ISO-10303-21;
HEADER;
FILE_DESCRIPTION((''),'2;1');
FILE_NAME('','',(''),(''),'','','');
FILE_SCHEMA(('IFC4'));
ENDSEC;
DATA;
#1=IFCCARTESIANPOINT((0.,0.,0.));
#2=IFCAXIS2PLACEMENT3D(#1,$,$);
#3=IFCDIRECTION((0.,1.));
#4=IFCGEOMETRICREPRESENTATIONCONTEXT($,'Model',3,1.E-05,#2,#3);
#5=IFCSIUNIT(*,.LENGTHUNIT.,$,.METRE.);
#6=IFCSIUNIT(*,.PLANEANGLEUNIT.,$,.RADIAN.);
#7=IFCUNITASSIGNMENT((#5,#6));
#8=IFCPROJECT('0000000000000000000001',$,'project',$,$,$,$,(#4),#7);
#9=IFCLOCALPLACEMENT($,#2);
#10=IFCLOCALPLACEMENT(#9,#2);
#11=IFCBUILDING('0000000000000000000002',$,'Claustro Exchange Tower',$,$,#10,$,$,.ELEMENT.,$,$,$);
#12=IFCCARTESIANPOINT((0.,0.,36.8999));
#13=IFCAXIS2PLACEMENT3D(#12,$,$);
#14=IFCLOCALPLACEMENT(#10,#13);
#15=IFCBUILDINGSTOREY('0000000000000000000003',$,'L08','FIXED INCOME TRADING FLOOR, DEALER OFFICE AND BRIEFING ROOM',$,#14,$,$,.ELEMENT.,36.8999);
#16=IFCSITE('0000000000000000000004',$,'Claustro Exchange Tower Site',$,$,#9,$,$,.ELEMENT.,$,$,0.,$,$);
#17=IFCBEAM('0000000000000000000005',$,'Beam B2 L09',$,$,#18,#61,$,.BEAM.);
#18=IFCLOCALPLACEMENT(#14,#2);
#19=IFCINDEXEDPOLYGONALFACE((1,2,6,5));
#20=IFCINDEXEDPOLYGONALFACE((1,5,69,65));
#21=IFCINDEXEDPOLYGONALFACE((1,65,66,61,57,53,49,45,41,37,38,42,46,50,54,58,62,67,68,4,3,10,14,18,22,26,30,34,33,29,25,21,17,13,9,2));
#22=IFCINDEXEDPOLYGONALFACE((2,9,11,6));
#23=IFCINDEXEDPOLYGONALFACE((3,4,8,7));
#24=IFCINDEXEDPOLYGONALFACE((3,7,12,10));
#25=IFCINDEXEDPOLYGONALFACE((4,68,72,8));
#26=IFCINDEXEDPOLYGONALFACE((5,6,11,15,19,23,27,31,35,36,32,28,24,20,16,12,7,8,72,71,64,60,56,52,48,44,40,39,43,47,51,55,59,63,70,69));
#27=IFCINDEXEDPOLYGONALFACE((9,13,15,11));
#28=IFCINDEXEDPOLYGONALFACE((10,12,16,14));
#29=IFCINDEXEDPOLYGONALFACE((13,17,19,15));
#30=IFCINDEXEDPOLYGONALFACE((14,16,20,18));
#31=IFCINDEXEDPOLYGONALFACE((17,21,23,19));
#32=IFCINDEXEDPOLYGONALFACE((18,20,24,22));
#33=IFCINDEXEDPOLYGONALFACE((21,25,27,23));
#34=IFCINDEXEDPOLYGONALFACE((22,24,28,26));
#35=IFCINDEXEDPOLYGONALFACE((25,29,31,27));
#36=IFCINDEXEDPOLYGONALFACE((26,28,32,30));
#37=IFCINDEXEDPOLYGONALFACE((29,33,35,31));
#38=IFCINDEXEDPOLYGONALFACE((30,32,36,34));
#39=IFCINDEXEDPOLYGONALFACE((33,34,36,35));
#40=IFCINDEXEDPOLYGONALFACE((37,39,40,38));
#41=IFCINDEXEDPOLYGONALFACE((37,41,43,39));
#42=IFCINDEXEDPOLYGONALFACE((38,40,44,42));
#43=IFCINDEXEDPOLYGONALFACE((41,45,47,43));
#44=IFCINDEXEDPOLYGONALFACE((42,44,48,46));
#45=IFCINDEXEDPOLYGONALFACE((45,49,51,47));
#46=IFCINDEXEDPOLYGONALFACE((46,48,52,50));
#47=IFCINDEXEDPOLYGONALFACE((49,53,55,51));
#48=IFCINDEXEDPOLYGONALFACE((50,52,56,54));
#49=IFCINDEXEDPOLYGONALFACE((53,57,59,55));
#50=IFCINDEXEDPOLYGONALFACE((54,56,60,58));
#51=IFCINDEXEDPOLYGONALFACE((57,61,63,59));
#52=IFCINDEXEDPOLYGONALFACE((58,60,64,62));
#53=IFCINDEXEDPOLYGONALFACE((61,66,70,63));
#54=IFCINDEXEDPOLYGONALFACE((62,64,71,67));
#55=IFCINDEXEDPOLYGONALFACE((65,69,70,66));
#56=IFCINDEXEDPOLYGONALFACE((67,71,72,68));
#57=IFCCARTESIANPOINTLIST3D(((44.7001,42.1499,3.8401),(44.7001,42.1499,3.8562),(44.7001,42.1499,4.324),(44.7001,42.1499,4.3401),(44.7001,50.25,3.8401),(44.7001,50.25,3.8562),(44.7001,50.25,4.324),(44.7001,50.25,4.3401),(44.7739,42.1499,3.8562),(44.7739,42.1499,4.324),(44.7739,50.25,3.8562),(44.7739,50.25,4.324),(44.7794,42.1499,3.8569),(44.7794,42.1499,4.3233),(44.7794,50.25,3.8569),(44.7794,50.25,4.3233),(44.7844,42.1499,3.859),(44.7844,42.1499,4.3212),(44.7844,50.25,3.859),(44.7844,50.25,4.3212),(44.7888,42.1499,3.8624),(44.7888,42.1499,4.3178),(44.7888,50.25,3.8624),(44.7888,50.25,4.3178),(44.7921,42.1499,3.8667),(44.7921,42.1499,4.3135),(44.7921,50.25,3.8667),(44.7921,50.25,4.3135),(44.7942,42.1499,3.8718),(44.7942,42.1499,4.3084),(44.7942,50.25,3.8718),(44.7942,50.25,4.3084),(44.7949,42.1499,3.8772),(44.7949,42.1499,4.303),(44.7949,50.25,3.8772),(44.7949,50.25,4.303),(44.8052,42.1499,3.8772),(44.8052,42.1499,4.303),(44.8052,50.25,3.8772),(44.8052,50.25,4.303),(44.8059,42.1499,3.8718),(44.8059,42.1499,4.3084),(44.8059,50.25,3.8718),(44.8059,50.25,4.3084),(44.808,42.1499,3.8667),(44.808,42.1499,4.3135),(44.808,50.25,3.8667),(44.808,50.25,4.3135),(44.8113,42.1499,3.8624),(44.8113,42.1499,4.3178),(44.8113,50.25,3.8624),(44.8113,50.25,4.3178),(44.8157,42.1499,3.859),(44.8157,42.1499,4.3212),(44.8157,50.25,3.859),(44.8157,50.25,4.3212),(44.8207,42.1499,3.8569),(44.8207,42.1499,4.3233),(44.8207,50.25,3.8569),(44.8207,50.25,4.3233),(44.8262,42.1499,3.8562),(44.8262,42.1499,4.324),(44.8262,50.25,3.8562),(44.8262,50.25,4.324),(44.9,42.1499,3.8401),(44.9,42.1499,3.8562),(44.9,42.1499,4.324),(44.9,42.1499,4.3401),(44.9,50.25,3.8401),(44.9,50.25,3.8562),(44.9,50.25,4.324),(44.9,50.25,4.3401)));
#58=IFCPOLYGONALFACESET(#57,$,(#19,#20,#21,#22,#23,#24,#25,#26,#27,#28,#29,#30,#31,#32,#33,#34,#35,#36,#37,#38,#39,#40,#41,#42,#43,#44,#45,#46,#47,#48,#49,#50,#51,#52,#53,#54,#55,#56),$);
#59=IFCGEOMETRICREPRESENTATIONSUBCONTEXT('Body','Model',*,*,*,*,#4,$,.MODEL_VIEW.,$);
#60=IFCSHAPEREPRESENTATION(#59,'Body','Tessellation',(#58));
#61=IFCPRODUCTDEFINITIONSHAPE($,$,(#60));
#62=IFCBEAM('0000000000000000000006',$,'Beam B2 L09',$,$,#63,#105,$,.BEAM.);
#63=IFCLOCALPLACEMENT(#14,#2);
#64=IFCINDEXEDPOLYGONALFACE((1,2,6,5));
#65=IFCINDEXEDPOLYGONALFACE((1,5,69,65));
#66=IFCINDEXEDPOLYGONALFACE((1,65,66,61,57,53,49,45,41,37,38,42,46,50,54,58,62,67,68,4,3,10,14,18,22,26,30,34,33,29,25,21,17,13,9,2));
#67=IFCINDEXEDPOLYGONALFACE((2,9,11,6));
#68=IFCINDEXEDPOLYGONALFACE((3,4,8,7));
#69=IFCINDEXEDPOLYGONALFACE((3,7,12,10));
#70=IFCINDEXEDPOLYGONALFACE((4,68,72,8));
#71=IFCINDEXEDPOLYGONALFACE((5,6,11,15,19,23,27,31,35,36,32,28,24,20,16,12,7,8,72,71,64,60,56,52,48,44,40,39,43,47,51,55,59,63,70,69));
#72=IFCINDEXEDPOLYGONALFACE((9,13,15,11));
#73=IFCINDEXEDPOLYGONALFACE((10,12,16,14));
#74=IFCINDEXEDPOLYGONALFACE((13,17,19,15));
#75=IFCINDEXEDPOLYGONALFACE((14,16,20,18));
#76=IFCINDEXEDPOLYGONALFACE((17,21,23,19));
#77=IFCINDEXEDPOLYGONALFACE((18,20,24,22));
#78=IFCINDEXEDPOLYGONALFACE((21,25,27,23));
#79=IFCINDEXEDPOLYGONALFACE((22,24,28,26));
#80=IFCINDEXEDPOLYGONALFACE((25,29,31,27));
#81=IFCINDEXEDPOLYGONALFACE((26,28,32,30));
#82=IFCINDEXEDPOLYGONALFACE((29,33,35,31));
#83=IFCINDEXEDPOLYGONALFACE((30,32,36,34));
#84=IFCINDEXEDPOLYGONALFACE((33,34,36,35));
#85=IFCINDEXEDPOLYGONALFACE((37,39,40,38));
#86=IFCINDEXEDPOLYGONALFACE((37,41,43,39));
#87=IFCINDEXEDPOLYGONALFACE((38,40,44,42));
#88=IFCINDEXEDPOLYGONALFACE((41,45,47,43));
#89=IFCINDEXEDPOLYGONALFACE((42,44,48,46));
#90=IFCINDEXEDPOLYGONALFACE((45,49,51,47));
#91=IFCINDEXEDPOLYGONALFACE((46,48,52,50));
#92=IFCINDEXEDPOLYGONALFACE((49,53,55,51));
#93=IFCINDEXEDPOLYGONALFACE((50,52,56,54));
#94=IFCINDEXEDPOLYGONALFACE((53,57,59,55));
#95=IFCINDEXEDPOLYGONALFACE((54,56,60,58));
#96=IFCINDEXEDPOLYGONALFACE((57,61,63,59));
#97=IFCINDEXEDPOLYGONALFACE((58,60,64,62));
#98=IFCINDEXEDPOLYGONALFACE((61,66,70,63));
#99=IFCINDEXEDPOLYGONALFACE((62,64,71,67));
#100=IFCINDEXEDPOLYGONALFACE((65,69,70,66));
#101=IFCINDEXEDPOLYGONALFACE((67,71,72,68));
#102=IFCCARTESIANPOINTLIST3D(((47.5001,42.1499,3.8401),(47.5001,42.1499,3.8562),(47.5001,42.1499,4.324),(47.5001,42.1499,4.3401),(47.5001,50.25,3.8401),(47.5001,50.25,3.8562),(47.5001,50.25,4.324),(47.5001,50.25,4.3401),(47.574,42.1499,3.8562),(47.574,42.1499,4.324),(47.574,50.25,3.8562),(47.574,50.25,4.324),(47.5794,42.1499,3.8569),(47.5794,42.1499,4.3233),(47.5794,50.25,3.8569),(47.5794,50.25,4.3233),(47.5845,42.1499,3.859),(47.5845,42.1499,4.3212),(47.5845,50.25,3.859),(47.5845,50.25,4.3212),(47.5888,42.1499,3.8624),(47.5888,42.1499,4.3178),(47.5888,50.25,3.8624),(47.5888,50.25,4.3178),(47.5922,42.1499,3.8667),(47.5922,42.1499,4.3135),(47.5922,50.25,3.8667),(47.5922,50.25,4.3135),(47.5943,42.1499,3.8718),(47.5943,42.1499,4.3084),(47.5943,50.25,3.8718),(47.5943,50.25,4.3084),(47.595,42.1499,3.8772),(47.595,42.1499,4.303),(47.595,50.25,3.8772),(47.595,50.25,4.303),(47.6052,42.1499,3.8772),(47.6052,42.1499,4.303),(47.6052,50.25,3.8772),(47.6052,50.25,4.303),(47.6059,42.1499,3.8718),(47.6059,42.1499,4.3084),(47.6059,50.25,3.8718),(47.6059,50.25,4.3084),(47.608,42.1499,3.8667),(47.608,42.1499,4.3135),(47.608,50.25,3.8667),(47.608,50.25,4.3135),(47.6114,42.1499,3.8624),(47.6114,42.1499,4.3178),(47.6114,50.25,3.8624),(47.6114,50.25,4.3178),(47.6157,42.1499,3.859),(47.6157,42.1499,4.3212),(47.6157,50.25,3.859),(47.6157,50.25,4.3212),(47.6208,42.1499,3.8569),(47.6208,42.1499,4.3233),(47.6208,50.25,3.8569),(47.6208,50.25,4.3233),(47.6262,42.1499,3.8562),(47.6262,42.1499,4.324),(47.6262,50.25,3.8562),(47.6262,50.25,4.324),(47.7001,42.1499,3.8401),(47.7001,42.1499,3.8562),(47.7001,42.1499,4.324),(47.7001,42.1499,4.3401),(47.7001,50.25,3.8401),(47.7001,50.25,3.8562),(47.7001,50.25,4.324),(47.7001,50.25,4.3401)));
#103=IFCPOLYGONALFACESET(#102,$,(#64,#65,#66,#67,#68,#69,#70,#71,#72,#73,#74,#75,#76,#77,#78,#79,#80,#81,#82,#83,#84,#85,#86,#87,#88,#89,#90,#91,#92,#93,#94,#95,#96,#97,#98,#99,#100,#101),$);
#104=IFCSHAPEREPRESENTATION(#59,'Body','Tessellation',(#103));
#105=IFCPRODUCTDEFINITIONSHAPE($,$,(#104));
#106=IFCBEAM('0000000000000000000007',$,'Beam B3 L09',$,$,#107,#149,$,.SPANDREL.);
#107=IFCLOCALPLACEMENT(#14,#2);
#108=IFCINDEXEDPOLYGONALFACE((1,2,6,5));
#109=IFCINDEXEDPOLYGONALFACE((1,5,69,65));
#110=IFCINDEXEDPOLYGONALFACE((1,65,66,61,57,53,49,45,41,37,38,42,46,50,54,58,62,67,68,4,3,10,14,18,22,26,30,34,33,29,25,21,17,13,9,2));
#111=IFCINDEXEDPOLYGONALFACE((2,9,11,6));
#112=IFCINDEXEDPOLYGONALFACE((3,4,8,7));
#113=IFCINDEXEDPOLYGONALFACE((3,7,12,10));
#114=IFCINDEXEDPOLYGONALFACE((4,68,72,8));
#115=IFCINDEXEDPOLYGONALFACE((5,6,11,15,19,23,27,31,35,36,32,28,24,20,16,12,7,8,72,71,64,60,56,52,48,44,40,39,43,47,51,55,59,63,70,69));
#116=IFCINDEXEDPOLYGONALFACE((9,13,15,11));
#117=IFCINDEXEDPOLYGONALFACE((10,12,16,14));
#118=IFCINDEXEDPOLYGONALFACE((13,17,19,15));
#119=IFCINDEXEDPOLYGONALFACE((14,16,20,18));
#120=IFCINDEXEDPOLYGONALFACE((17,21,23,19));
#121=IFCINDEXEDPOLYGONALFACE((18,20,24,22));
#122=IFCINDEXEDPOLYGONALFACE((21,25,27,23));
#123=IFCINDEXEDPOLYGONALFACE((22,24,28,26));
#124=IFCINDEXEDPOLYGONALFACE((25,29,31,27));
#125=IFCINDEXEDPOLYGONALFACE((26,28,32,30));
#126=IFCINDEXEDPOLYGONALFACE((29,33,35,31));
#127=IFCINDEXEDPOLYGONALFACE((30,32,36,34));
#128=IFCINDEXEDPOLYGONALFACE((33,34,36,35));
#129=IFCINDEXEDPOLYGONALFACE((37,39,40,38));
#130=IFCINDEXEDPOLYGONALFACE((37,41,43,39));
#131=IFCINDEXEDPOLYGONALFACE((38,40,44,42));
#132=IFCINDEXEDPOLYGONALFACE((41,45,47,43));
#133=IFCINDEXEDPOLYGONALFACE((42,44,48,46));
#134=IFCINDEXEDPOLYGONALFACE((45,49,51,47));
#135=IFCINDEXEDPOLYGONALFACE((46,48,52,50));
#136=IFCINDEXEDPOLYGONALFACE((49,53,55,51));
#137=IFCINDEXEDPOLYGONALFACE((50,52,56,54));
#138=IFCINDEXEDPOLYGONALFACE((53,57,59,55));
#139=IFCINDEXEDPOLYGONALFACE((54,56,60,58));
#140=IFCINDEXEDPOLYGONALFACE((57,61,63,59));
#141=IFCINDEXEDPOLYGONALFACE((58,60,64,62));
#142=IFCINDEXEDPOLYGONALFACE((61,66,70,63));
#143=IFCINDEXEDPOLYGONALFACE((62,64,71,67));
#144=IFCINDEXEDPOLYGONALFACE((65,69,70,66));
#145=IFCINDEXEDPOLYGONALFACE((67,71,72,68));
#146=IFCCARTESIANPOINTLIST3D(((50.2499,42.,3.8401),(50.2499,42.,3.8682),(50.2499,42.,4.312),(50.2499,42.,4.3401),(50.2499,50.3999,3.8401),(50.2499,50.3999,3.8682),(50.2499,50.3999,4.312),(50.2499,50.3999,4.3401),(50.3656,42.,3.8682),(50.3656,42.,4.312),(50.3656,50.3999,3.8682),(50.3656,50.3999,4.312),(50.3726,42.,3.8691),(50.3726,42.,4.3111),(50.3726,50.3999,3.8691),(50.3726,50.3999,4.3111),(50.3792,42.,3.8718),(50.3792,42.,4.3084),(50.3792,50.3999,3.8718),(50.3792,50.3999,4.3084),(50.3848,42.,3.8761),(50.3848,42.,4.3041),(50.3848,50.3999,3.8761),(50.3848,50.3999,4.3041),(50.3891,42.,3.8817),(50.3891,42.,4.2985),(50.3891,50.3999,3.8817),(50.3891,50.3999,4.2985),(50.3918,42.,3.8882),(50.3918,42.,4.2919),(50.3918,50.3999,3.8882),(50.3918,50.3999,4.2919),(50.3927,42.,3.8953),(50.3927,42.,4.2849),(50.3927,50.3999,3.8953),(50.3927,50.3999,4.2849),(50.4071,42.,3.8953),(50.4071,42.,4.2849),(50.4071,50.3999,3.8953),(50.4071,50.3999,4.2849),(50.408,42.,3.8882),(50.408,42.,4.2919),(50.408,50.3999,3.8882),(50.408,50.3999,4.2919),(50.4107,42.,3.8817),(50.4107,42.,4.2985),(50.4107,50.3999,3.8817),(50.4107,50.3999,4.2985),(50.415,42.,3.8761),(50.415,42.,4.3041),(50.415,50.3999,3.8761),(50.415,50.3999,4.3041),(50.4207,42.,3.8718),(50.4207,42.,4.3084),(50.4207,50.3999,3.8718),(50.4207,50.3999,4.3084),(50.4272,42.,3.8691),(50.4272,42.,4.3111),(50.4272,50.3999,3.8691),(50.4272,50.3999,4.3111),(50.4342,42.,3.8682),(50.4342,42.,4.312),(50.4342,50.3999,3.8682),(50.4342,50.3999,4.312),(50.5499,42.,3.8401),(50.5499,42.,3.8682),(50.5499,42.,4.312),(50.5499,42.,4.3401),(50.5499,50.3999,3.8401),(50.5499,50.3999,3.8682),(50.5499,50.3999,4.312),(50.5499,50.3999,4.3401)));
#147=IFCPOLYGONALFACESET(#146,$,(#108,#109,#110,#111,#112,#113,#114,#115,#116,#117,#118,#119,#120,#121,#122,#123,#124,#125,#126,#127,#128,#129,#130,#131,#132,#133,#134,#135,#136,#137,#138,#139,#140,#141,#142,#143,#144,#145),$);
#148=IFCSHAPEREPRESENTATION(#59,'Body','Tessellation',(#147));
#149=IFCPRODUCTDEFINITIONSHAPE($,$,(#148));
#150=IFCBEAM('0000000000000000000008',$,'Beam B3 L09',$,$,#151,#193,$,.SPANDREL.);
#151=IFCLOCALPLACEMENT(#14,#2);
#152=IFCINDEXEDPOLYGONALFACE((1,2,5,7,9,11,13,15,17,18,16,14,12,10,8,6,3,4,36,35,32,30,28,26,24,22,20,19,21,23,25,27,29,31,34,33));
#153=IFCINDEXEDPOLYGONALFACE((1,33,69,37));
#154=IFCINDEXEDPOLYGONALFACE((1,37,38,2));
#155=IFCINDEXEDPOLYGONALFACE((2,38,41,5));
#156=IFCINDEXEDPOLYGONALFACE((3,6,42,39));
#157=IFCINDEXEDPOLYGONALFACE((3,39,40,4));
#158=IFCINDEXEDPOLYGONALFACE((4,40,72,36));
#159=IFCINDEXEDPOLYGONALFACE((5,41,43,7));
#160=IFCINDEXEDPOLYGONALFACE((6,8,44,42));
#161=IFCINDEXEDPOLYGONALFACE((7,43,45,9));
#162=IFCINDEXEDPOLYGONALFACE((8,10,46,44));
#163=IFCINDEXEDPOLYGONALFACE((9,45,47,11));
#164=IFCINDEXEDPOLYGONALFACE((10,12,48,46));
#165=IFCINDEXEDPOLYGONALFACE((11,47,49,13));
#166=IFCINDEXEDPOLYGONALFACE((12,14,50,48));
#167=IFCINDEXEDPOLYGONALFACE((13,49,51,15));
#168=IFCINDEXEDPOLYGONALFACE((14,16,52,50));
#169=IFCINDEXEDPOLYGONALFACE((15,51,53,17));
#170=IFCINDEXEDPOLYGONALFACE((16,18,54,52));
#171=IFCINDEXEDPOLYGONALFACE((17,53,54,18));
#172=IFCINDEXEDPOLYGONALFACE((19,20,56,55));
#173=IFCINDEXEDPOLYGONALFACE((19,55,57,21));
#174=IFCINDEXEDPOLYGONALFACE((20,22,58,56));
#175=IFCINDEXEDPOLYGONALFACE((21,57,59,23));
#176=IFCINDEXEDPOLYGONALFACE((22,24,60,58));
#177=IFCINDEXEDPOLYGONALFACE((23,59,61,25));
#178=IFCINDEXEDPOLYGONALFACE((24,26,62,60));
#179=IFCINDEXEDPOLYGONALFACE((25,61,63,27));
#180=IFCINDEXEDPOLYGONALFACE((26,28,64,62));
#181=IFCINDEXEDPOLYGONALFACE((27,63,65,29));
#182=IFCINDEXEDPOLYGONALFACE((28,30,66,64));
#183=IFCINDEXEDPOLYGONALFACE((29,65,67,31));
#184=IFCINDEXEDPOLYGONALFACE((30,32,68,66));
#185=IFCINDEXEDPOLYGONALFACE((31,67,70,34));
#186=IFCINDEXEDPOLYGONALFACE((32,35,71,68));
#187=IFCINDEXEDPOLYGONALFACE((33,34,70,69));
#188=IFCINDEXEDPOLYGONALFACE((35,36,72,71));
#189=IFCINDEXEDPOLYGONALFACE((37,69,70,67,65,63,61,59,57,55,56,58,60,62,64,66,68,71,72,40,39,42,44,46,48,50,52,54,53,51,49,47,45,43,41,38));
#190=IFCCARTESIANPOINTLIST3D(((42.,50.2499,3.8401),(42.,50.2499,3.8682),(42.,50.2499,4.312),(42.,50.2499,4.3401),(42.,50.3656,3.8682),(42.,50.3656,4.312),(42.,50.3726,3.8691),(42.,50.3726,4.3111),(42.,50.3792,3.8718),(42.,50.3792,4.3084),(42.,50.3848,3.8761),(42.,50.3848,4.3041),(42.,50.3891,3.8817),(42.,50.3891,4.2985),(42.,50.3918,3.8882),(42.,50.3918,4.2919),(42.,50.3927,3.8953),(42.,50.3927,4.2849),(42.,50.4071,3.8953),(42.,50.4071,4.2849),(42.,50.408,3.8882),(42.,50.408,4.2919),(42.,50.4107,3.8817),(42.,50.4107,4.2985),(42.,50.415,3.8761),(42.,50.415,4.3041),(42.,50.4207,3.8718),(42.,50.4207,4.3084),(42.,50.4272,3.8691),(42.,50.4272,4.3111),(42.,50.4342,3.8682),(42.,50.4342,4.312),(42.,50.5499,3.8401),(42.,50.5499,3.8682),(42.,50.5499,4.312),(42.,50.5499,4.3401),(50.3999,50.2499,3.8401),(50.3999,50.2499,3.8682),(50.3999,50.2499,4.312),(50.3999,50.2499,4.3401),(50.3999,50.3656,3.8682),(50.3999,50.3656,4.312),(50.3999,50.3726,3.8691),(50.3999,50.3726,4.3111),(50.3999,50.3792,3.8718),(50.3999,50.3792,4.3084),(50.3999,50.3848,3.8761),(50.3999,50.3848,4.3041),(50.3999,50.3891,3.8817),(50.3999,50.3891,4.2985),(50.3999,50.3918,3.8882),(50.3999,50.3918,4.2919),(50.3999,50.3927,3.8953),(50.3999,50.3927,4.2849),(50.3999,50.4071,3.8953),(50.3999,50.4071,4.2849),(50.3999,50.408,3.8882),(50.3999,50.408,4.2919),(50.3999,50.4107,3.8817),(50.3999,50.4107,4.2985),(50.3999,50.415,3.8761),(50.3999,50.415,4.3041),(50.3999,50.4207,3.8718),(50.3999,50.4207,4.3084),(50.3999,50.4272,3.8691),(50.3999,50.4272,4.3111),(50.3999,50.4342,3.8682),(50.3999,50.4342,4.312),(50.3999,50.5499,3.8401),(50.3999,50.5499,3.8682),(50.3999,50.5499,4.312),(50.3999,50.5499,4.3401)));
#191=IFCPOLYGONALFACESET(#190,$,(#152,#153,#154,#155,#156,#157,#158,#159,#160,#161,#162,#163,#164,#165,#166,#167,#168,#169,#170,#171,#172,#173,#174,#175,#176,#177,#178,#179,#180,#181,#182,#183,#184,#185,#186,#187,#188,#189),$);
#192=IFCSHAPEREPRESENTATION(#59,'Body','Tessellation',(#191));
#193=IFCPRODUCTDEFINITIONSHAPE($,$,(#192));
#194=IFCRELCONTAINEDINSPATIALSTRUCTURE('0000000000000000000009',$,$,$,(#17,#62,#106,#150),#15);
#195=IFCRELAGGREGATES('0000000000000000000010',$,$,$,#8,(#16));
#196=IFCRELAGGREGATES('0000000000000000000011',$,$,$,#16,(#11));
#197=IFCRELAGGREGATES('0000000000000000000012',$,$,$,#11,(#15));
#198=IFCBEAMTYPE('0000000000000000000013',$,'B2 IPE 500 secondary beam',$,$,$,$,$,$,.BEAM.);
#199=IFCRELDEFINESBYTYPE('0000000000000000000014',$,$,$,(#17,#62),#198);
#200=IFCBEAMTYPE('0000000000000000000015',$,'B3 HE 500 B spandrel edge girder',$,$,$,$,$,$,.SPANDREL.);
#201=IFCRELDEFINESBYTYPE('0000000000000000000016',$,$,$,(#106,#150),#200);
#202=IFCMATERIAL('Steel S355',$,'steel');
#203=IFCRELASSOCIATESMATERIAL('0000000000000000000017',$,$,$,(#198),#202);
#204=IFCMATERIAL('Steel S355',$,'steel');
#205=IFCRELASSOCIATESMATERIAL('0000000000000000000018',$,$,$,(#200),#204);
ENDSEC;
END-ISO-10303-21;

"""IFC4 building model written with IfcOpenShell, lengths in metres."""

from ifc_helpers import new_model, si_unit, direction, frame, origin, origin_2d, place, context, subcontext, project, spatial, i_section, extrude, material, material_profile, profile_set, type_object, element, save


model = new_model("IFC4")

# Units and contexts
model_context = context("Model", 3, precision=1e-05, world=origin(), true_north=direction((0.0, 1.0)))
body_context = subcontext(model_context, "Body", "Model", "MODEL_VIEW")
ifc_project = project(units=[si_unit("LENGTHUNIT", "METRE"), si_unit("PLANEANGLEUNIT", "RADIAN")], contexts=[model_context])

# Site, building, storey
site_placement = place(None, origin())
site = spatial("IfcSite", under=ifc_project, at=site_placement, Name="Claustro Exchange Tower Site", CompositionType="ELEMENT", RefElevation=0.0)
building_placement = place(site_placement, origin())
building = spatial("IfcBuilding", under=site, at=building_placement, Name="Claustro Exchange Tower", CompositionType="ELEMENT")
storey_placement = place(building_placement, frame((0.0, 0.0, 36.8999)))
storey = spatial("IfcBuildingStorey", under=building, at=storey_placement, Name="L08", Description="FIXED INCOME TRADING FLOOR, DEALER OFFICE AND BRIEFING ROOM", CompositionType="ELEMENT", Elevation=36.8999)

# Beams
ifc_material_1 = material(Name="Steel S355", Category="steel")
ifc_material_profile_1 = material_profile(ifc_material_1, i_section(OverallWidth=0.2, OverallDepth=0.5, WebThickness=0.0103, FlangeThickness=0.0161, FilletRadius=0.021, at=origin_2d()), Name="IPE 500")
ifc_profile_set_1 = profile_set([ifc_material_profile_1], Name="Steel S355")
beam_type_1 = type_object("IfcBeamType", Name="B2 IPE 500 secondary beam", PredefinedType="BEAM", material=ifc_profile_set_1)
for number, where, z_axis, x_axis, name in (
    (1, (44.8, 42.1499, 4.0901), (0.0, 1.0, 0.0), (-1.0, 0.0, 0.0), "Beam B2 L09"),
    (2, (47.6001, 42.1499, 4.0901), (0.0, 1.0, 0.0), (-1.0, 0.0, 0.0), "Beam B2 L09"),
):
    element("IfcBeam", number, at=place(storey_placement, frame(where, z_axis=z_axis, x_axis=x_axis)), inside=storey, type_object=beam_type_1, Name=name, PredefinedType="BEAM", context=body_context, shape_type="SweptSolid", body=[
        extrude(i_section(OverallWidth=0.2, OverallDepth=0.5, WebThickness=0.0103, FlangeThickness=0.0161, FilletRadius=0.021, at=origin_2d()), origin(), (0.0, 0.0, 1.0), 8.1001),
    ])
ifc_material_2 = material(Name="Steel S355", Category="steel")
ifc_material_profile_2 = material_profile(ifc_material_2, i_section(OverallWidth=0.3, OverallDepth=0.5, WebThickness=0.0144, FlangeThickness=0.0281, FilletRadius=0.0271, at=origin_2d()), Name="HE 500 B")
ifc_profile_set_2 = profile_set([ifc_material_profile_2], Name="Steel S355")
beam_type_2 = type_object("IfcBeamType", Name="B3 HE 500 B spandrel edge girder", PredefinedType="SPANDREL", material=ifc_profile_set_2)
for number, where, z_axis, x_axis, name in (
    (3, (50.3999, 42.0, 4.0901), (0.0, 1.0, 0.0), (-1.0, 0.0, 0.0), "Beam B3 L09"),
    (4, (42.0, 50.3999, 4.0901), (1.0, 0.0, 0.0), (0.0, 1.0, 0.0), "Beam B3 L09"),
):
    element("IfcBeam", number, at=place(storey_placement, frame(where, z_axis=z_axis, x_axis=x_axis)), inside=storey, type_object=beam_type_2, Name=name, PredefinedType="SPANDREL", context=body_context, shape_type="SweptSolid", body=[
        extrude(i_section(OverallWidth=0.3, OverallDepth=0.5, WebThickness=0.0144, FlangeThickness=0.0281, FilletRadius=0.0271, at=origin_2d()), origin(), (0.0, 0.0, 1.0), 8.3999),
    ])

save(model, "model.ifc")
